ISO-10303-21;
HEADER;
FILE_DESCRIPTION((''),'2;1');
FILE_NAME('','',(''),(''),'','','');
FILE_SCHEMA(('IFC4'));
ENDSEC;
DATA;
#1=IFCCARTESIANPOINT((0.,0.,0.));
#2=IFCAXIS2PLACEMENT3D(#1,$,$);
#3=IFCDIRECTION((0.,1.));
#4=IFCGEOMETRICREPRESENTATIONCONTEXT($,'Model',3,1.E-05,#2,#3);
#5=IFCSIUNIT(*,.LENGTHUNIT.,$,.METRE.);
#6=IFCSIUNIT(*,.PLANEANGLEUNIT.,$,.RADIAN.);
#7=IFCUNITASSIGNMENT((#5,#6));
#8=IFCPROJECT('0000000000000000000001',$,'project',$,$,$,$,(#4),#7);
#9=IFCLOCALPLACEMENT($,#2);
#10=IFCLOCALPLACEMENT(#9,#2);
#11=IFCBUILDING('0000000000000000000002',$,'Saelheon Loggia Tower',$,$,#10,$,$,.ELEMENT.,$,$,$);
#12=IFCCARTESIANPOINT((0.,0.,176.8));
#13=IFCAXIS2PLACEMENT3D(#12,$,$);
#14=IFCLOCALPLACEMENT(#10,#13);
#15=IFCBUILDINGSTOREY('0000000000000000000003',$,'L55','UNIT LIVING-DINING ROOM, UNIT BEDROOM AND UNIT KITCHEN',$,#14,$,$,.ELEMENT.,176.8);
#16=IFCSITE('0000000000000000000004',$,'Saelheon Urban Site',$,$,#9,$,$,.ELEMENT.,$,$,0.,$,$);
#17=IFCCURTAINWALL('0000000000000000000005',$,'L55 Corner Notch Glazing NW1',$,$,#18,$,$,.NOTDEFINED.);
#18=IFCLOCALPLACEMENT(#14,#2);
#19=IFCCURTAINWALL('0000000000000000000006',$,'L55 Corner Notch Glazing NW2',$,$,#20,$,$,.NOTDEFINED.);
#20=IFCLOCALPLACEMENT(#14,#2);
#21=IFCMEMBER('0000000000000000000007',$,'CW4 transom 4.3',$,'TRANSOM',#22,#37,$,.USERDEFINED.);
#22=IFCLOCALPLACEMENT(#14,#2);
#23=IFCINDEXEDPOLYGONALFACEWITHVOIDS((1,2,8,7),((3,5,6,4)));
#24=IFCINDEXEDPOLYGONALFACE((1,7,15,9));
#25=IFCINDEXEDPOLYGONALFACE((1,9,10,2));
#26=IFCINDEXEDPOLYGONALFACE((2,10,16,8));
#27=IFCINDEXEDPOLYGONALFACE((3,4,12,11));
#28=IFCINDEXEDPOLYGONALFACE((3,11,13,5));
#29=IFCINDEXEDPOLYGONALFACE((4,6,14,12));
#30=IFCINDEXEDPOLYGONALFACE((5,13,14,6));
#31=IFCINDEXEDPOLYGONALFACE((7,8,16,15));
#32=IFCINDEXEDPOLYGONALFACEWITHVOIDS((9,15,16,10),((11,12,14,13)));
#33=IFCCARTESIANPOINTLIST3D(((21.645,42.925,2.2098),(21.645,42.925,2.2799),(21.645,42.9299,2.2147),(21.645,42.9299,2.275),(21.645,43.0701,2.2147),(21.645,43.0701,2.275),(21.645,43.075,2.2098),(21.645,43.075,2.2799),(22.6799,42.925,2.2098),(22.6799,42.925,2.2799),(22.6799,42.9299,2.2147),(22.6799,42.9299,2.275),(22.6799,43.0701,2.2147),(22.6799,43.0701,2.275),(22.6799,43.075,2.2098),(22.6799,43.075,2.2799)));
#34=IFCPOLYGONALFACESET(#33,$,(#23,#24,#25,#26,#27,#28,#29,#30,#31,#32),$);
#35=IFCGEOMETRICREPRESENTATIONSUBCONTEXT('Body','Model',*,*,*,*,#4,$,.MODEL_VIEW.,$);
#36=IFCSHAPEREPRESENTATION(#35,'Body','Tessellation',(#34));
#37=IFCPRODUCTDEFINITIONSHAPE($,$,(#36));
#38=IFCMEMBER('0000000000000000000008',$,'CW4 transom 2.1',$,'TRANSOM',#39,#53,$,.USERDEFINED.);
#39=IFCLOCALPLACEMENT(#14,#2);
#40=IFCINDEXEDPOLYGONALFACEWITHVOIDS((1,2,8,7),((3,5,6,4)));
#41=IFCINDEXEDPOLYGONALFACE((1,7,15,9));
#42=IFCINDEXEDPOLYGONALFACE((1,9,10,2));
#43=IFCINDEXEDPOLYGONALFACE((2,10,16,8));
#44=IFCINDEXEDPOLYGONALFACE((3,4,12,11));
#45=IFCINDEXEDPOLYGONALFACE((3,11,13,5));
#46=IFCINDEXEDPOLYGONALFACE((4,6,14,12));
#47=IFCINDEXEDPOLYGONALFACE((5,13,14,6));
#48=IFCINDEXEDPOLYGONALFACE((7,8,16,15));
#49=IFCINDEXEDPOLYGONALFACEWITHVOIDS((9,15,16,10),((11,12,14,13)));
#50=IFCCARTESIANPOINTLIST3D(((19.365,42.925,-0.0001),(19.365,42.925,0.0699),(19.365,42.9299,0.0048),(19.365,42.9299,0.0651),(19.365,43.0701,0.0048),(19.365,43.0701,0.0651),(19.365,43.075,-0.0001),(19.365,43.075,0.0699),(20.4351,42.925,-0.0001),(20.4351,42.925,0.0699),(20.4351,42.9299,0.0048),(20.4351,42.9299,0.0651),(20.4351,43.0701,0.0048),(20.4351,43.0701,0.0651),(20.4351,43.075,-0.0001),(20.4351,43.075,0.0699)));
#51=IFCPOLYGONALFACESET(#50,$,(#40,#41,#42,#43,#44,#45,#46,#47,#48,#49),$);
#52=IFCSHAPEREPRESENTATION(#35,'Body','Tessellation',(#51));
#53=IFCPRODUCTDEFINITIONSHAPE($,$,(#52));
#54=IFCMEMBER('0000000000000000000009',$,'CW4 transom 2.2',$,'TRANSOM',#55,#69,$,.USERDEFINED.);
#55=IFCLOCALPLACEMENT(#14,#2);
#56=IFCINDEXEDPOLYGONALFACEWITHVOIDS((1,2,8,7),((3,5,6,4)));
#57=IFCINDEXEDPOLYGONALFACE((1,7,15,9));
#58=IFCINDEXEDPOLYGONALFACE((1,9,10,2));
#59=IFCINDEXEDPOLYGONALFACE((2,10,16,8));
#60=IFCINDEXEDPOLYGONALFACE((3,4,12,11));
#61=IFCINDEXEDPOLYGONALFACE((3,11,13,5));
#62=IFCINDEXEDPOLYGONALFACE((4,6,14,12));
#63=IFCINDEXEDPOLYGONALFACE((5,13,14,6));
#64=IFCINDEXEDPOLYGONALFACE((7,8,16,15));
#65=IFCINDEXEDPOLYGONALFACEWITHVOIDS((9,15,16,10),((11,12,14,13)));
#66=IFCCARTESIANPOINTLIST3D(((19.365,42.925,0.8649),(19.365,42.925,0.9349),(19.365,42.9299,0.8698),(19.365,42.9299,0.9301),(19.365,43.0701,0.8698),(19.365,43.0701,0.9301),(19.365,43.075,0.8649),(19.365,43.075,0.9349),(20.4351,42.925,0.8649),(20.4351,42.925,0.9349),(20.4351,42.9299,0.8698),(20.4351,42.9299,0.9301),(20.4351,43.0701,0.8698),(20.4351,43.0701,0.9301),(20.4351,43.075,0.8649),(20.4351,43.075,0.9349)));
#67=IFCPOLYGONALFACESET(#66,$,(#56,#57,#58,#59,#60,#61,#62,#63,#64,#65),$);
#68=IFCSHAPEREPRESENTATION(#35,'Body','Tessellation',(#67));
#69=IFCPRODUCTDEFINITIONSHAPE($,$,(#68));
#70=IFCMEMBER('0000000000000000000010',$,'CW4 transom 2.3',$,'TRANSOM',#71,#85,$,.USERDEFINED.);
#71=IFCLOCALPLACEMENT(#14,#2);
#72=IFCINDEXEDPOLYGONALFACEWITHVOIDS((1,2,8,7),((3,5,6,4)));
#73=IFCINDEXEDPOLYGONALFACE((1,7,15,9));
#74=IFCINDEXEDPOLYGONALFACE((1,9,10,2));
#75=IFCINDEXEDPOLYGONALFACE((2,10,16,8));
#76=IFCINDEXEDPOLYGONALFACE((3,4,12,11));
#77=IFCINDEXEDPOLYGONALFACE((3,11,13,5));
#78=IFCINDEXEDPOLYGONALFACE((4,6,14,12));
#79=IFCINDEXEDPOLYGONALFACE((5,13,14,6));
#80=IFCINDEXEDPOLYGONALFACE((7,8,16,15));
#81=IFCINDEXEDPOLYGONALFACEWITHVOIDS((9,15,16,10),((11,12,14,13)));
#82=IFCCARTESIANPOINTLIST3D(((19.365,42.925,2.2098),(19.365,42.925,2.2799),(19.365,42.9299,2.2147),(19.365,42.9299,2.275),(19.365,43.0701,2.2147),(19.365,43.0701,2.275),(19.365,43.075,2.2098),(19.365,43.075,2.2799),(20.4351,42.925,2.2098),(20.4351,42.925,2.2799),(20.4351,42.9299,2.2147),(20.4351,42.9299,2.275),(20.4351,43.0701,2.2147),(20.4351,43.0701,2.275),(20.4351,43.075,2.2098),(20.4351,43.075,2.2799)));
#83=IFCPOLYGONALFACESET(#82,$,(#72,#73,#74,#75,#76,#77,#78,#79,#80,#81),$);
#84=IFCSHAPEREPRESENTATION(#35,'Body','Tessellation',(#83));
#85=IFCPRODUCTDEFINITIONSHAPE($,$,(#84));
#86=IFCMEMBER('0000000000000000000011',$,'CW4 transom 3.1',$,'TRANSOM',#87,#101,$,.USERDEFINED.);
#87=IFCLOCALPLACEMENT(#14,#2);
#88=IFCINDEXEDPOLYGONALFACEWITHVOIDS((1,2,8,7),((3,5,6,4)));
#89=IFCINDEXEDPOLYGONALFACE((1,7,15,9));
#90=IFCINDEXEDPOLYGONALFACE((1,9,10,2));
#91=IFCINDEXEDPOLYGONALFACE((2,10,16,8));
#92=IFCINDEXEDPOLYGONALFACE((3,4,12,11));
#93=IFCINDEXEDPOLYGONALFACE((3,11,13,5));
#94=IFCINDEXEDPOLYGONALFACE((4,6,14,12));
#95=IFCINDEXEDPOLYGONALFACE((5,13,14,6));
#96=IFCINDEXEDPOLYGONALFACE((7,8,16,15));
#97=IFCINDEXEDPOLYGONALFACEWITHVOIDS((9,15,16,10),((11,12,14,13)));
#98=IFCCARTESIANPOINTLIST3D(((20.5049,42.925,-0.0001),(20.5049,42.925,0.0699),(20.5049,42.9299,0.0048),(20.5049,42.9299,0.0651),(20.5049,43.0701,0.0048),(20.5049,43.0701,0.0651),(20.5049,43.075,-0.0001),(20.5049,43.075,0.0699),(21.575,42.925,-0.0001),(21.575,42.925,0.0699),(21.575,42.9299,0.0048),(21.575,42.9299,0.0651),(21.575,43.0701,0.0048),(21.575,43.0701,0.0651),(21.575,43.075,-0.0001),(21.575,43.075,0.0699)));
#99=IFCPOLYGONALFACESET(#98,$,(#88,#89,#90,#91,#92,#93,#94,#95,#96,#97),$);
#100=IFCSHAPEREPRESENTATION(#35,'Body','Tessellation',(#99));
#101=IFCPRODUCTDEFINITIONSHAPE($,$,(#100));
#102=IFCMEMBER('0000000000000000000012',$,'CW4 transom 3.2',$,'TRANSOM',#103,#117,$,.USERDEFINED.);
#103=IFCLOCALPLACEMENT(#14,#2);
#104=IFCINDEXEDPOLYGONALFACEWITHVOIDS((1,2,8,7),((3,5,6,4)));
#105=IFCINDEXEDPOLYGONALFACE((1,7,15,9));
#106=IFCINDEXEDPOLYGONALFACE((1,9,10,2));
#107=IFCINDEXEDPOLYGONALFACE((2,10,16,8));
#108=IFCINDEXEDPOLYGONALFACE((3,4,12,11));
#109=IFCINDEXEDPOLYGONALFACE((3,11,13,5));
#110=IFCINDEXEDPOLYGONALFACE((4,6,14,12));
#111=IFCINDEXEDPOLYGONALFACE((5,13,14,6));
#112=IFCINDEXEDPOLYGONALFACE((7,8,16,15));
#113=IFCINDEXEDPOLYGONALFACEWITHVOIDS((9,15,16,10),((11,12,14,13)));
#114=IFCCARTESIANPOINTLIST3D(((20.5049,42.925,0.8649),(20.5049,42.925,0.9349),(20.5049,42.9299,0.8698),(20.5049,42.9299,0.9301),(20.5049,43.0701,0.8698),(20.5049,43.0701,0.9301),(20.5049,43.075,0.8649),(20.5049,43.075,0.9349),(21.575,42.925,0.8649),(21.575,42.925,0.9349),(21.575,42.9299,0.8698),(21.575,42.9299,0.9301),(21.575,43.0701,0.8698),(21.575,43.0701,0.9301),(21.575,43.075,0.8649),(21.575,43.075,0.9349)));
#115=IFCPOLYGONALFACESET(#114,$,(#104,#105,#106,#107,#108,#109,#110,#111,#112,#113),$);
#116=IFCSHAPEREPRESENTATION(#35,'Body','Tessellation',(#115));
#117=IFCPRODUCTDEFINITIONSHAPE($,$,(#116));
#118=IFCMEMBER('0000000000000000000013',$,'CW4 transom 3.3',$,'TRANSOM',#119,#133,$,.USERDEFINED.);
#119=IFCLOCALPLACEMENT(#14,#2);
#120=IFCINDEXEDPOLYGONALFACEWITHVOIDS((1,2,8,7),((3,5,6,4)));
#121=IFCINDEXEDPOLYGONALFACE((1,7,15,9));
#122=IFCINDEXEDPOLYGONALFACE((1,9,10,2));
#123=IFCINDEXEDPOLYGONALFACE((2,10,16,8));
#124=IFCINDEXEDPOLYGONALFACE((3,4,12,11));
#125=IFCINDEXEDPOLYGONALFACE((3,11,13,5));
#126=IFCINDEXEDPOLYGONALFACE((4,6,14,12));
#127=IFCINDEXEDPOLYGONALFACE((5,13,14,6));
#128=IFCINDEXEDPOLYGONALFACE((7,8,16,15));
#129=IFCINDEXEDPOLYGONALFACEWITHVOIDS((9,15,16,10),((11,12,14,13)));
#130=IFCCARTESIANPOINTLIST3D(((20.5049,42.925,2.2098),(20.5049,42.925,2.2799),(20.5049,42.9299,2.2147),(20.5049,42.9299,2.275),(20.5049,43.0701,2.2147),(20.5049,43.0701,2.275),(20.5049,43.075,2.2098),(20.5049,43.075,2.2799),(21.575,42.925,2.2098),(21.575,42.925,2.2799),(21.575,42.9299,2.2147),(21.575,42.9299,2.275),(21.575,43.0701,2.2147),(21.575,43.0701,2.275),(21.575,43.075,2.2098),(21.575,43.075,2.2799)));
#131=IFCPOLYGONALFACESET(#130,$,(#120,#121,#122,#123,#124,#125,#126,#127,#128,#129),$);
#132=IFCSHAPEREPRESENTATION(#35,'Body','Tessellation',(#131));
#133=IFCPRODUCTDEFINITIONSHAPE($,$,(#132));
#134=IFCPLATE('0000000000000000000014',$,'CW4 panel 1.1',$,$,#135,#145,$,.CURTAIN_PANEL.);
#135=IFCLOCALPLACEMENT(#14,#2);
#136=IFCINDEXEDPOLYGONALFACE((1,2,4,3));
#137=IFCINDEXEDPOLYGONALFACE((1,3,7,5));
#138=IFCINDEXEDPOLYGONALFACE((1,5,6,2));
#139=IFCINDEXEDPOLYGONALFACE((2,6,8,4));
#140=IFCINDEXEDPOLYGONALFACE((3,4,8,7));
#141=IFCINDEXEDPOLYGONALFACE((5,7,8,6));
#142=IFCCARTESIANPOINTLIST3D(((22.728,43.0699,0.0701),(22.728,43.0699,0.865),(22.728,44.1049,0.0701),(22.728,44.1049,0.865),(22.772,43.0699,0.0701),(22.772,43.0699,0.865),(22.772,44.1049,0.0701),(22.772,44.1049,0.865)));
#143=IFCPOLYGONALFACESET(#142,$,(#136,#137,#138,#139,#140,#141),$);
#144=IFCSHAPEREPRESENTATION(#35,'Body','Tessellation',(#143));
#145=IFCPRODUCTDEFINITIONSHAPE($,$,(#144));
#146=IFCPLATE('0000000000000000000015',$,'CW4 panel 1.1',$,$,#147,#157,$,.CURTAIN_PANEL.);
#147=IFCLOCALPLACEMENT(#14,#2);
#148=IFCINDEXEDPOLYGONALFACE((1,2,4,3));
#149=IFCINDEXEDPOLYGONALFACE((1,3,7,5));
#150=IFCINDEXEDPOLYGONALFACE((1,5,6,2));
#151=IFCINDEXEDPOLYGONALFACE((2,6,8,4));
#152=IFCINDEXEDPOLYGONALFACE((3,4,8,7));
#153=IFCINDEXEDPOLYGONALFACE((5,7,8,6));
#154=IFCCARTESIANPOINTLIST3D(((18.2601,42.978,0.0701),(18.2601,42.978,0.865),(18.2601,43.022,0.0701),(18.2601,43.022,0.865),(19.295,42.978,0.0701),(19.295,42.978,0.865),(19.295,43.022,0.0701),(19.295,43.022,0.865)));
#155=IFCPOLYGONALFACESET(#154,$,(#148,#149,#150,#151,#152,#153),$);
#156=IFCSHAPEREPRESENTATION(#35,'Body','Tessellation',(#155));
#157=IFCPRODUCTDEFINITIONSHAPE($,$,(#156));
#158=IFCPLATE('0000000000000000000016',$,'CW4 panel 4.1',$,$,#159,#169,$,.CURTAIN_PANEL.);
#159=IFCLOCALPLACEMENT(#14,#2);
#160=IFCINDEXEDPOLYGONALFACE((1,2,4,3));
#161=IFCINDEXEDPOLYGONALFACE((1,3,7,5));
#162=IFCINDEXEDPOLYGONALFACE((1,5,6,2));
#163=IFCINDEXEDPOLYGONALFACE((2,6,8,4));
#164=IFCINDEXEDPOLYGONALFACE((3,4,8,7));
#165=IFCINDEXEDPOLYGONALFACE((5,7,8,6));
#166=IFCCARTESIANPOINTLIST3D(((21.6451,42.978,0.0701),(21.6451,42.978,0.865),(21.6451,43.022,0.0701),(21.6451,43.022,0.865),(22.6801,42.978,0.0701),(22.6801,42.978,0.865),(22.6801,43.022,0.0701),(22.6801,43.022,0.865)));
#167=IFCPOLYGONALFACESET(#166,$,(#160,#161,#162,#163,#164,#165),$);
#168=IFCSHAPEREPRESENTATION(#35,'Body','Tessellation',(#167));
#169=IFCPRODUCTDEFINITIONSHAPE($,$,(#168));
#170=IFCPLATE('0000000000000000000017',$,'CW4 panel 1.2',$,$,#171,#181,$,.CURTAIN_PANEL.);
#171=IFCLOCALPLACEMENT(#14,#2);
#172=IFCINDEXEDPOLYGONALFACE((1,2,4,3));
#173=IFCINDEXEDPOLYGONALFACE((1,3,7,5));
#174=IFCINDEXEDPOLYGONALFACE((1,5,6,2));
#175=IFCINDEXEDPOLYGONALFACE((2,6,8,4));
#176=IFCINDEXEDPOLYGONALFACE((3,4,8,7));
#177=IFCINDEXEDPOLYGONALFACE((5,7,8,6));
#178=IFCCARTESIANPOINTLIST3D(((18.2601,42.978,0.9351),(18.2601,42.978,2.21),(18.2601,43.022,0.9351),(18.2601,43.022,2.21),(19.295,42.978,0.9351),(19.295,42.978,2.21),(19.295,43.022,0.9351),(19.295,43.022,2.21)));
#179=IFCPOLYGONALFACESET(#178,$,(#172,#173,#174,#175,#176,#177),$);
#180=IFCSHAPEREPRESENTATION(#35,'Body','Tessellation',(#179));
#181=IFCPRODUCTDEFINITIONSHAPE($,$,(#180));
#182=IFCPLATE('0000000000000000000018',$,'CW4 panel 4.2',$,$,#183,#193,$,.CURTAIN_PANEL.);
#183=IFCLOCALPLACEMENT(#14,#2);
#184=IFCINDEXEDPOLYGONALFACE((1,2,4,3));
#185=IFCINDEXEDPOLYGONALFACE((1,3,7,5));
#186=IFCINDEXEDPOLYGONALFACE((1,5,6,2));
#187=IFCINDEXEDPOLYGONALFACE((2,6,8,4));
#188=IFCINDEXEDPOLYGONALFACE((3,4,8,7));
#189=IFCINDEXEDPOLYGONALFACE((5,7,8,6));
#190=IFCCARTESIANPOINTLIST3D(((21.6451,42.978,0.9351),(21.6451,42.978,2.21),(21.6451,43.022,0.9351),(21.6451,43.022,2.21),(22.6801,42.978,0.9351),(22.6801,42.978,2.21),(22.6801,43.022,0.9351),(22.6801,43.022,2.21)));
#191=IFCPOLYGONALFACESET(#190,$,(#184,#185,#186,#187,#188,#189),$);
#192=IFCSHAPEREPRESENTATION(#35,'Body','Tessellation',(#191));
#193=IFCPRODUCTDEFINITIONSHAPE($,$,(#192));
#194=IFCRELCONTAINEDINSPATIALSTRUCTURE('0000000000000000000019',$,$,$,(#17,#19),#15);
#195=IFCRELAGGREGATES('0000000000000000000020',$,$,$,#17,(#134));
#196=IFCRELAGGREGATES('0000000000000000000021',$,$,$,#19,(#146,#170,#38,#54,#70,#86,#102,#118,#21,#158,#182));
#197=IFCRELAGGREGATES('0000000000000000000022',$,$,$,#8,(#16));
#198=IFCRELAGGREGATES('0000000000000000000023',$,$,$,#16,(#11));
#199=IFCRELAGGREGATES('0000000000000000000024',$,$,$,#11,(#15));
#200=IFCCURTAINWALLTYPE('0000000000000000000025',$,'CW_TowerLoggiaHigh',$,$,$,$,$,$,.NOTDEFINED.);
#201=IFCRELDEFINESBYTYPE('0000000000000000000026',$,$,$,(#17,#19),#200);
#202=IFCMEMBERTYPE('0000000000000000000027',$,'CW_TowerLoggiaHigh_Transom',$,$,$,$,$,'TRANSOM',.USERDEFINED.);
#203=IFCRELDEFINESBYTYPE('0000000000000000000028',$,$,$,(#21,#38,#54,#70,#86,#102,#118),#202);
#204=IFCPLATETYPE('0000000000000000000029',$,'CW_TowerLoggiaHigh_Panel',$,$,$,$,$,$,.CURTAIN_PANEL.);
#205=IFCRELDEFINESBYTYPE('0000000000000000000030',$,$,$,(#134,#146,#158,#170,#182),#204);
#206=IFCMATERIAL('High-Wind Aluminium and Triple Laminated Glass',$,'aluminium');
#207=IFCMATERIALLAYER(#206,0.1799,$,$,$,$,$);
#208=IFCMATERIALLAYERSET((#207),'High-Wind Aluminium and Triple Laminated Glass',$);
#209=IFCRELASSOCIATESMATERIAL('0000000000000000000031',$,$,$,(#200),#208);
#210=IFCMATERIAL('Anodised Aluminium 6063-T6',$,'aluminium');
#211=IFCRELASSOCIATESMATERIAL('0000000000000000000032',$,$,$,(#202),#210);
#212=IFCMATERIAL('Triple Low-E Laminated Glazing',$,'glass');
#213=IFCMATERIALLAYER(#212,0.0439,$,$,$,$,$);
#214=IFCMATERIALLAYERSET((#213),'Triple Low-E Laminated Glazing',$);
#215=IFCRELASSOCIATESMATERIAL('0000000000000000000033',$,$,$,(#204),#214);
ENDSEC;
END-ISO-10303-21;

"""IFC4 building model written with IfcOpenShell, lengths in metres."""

from ifc_helpers import new_model, si_unit, direction, frame, origin, origin_2d, place, context, subcontext, project, spatial, rectangle, hollow_rectangle, extrude, source, transform, mapped, material, layer, layer_set, material_profile, profile_set, type_object, element, aggregate, save


model = new_model("IFC4")

# Units and contexts
model_context = context("Model", 3, precision=1e-05, world=origin(), true_north=direction((0.0, 1.0)))
body_context = subcontext(model_context, "Body", "Model", "MODEL_VIEW")
ifc_project = project(units=[si_unit("LENGTHUNIT", "METRE"), si_unit("PLANEANGLEUNIT", "RADIAN")], contexts=[model_context])

# Site, building, storey
site_placement = place(None, origin())
site = spatial("IfcSite", under=ifc_project, at=site_placement, Name="Saelheon Urban Site", CompositionType="ELEMENT", RefElevation=0.0)
building_placement = place(site_placement, origin())
building = spatial("IfcBuilding", under=site, at=building_placement, Name="Saelheon Loggia Tower", CompositionType="ELEMENT")
storey_placement = place(building_placement, frame((0.0, 0.0, 176.8)))
storey = spatial("IfcBuildingStorey", under=building, at=storey_placement, Name="L55", Description="UNIT LIVING-DINING ROOM, UNIT BEDROOM AND UNIT KITCHEN", CompositionType="ELEMENT", Elevation=176.8)

# Curtain wall
ifc_material_1 = material(Name="High-Wind Aluminium and Triple Laminated Glass", Category="aluminium")
ifc_layer_1 = layer(ifc_material_1, 0.1799)
ifc_layer_set_1 = layer_set([ifc_layer_1], Name="High-Wind Aluminium and Triple Laminated Glass")
curtain_wall_type = type_object("IfcCurtainWallType", Name="CW_TowerLoggiaHigh", PredefinedType="NOTDEFINED", material=ifc_layer_set_1)
curtain_wall_1_placement = place(storey_placement, origin())
curtain_wall_1 = element("IfcCurtainWall", 1, at=curtain_wall_1_placement, inside=storey, type_object=curtain_wall_type, Name="L55 Corner Notch Glazing NW1", PredefinedType="NOTDEFINED")
ifc_material_2 = material(Name="Anodised Aluminium 6063-T6", Category="aluminium")

# Curtain wall
curtain_wall_2_placement = place(storey_placement, origin())
curtain_wall_2 = element("IfcCurtainWall", 2, at=curtain_wall_2_placement, inside=storey, type_object=curtain_wall_type, Name="L55 Corner Notch Glazing NW2", PredefinedType="NOTDEFINED")

# Members
ifc_material_profile_1 = material_profile(ifc_material_2, hollow_rectangle(XDim=0.0701, YDim=0.1499, WallThickness=0.0049, at=origin_2d()), Name="RHS-150x70x5")
ifc_profile_set_1 = profile_set([ifc_material_profile_1], Name="Anodised Aluminium 6063-T6")
member_type_1 = type_object("IfcMemberType", Name="CW_TowerLoggiaHigh_Transom", ElementType="TRANSOM", PredefinedType="USERDEFINED", material=ifc_profile_set_1)
shared_shape_1 = source(origin(), body_context, "Body", "SweptSolid", [
    extrude(hollow_rectangle(XDim=0.0701, YDim=0.1499, WallThickness=0.0049, at=origin_2d()), origin(), (0.0, 0.0, 1.0), 1.0349),
])
member_1_placement = place(storey_placement, frame((21.645, 43.0, 2.2449), z_axis=(1.0, 0.0, 0.0), x_axis=(0.0, 0.0, 1.0)))
member_1 = element("IfcMember", 3, at=member_1_placement, type_object=member_type_1, Name="CW4 transom 4.3", ObjectType="TRANSOM", PredefinedType="USERDEFINED", context=body_context, shape_type="MappedRepresentation", body=[
    mapped(shared_shape_1, transform((0.0, 0.0, 0.0), scale=1.0)),
])
shared_shape_2 = source(origin(), body_context, "Body", "SweptSolid", [
    extrude(hollow_rectangle(XDim=0.0701, YDim=0.1499, WallThickness=0.0049, at=origin_2d()), origin(), (0.0, 0.0, 1.0), 1.0701),
])
member_2_placement = place(storey_placement, frame((19.365, 43.0, 0.0349), z_axis=(1.0, 0.0, 0.0), x_axis=(0.0, 0.0, 1.0)))
member_2 = element("IfcMember", 4, at=member_2_placement, type_object=member_type_1, Name="CW4 transom 2.1", ObjectType="TRANSOM", PredefinedType="USERDEFINED", context=body_context, shape_type="MappedRepresentation", body=[
    mapped(shared_shape_2, transform((0.0, 0.0, 0.0), scale=1.0)),
])
member_3_placement = place(storey_placement, frame((19.365, 43.0, 0.8999), z_axis=(1.0, 0.0, 0.0), x_axis=(0.0, 0.0, 1.0)))
member_3 = element("IfcMember", 5, at=member_3_placement, type_object=member_type_1, Name="CW4 transom 2.2", ObjectType="TRANSOM", PredefinedType="USERDEFINED", context=body_context, shape_type="MappedRepresentation", body=[
    mapped(shared_shape_2, transform((0.0, 0.0, 0.0), scale=1.0)),
])
member_4_placement = place(storey_placement, frame((19.365, 43.0, 2.2449), z_axis=(1.0, 0.0, 0.0), x_axis=(0.0, 0.0, 1.0)))
member_4 = element("IfcMember", 6, at=member_4_placement, type_object=member_type_1, Name="CW4 transom 2.3", ObjectType="TRANSOM", PredefinedType="USERDEFINED", context=body_context, shape_type="MappedRepresentation", body=[
    mapped(shared_shape_2, transform((0.0, 0.0, 0.0), scale=1.0)),
])
member_5_placement = place(storey_placement, frame((20.5049, 43.0, 0.0349), z_axis=(1.0, 0.0, 0.0), x_axis=(0.0, 0.0, 1.0)))
member_5 = element("IfcMember", 7, at=member_5_placement, type_object=member_type_1, Name="CW4 transom 3.1", ObjectType="TRANSOM", PredefinedType="USERDEFINED", context=body_context, shape_type="MappedRepresentation", body=[
    mapped(shared_shape_2, transform((0.0, 0.0, 0.0), scale=1.0)),
])
member_6_placement = place(storey_placement, frame((20.5049, 43.0, 0.8999), z_axis=(1.0, 0.0, 0.0), x_axis=(0.0, 0.0, 1.0)))
member_6 = element("IfcMember", 8, at=member_6_placement, type_object=member_type_1, Name="CW4 transom 3.2", ObjectType="TRANSOM", PredefinedType="USERDEFINED", context=body_context, shape_type="MappedRepresentation", body=[
    mapped(shared_shape_2, transform((0.0, 0.0, 0.0), scale=1.0)),
])
member_7_placement = place(storey_placement, frame((20.5049, 43.0, 2.2449), z_axis=(1.0, 0.0, 0.0), x_axis=(0.0, 0.0, 1.0)))
member_7 = element("IfcMember", 9, at=member_7_placement, type_object=member_type_1, Name="CW4 transom 3.3", ObjectType="TRANSOM", PredefinedType="USERDEFINED", context=body_context, shape_type="MappedRepresentation", body=[
    mapped(shared_shape_2, transform((0.0, 0.0, 0.0), scale=1.0)),
])

# Plates
ifc_material_3 = material(Name="Triple Low-E Laminated Glazing", Category="glass")
ifc_layer_2 = layer(ifc_material_3, 0.0439)
ifc_layer_set_2 = layer_set([ifc_layer_2], Name="Triple Low-E Laminated Glazing")
plate_type = type_object("IfcPlateType", Name="CW_TowerLoggiaHigh_Panel", PredefinedType="CURTAIN_PANEL", material=ifc_layer_set_2)
shared_shape_3 = source(origin(), body_context, "Body", "SweptSolid", [
    extrude(rectangle(XDim=1.0349, YDim=0.0439, at=origin_2d()), origin(), (0.0, 0.0, 1.0), 0.7949),
])
plate_1_placement = place(storey_placement, frame((22.75, 43.5874, 0.0701), z_axis=(0.0, 0.0, 1.0), x_axis=(0.0, 1.0, 0.0)))
plate_1 = element("IfcPlate", 10, at=plate_1_placement, type_object=plate_type, Name="CW4 panel 1.1", PredefinedType="CURTAIN_PANEL", context=body_context, shape_type="MappedRepresentation", body=[
    mapped(shared_shape_3, transform((0.0, 0.0, 0.0), scale=1.0)),
])
aggregate(curtain_wall_1, [plate_1])
plate_2_placement = place(storey_placement, frame((18.7776, 43.0, 0.0701), z_axis=(0.0, 0.0, 1.0), x_axis=(1.0, 0.0, 0.0)))
plate_2 = element("IfcPlate", 11, at=plate_2_placement, type_object=plate_type, Name="CW4 panel 1.1", PredefinedType="CURTAIN_PANEL", context=body_context, shape_type="MappedRepresentation", body=[
    mapped(shared_shape_3, transform((0.0, 0.0, 0.0), scale=1.0)),
])
plate_3_placement = place(storey_placement, frame((22.1626, 43.0, 0.0701), z_axis=(0.0, 0.0, 1.0), x_axis=(1.0, 0.0, 0.0)))
plate_3 = element("IfcPlate", 12, at=plate_3_placement, type_object=plate_type, Name="CW4 panel 4.1", PredefinedType="CURTAIN_PANEL", context=body_context, shape_type="MappedRepresentation", body=[
    mapped(shared_shape_3, transform((0.0, 0.0, 0.0), scale=1.0)),
])
shared_shape_4 = source(origin(), body_context, "Body", "SweptSolid", [
    extrude(rectangle(XDim=1.0349, YDim=0.0439, at=origin_2d()), origin(), (0.0, 0.0, 1.0), 1.2749),
])
plate_4_placement = place(storey_placement, frame((18.7776, 43.0, 0.9351), z_axis=(0.0, 0.0, 1.0), x_axis=(1.0, 0.0, 0.0)))
plate_4 = element("IfcPlate", 13, at=plate_4_placement, type_object=plate_type, Name="CW4 panel 1.2", PredefinedType="CURTAIN_PANEL", context=body_context, shape_type="MappedRepresentation", body=[
    mapped(shared_shape_4, transform((0.0, 0.0, 0.0), scale=1.0)),
])
plate_5_placement = place(storey_placement, frame((22.1626, 43.0, 0.9351), z_axis=(0.0, 0.0, 1.0), x_axis=(1.0, 0.0, 0.0)))
plate_5 = element("IfcPlate", 14, at=plate_5_placement, type_object=plate_type, Name="CW4 panel 4.2", PredefinedType="CURTAIN_PANEL", context=body_context, shape_type="MappedRepresentation", body=[
    mapped(shared_shape_4, transform((0.0, 0.0, 0.0), scale=1.0)),
])
aggregate(curtain_wall_2, [plate_2, plate_4, member_2, member_3, member_4, member_5, member_6, member_7, member_1, plate_3, plate_5])

save(model, "model.ifc")
